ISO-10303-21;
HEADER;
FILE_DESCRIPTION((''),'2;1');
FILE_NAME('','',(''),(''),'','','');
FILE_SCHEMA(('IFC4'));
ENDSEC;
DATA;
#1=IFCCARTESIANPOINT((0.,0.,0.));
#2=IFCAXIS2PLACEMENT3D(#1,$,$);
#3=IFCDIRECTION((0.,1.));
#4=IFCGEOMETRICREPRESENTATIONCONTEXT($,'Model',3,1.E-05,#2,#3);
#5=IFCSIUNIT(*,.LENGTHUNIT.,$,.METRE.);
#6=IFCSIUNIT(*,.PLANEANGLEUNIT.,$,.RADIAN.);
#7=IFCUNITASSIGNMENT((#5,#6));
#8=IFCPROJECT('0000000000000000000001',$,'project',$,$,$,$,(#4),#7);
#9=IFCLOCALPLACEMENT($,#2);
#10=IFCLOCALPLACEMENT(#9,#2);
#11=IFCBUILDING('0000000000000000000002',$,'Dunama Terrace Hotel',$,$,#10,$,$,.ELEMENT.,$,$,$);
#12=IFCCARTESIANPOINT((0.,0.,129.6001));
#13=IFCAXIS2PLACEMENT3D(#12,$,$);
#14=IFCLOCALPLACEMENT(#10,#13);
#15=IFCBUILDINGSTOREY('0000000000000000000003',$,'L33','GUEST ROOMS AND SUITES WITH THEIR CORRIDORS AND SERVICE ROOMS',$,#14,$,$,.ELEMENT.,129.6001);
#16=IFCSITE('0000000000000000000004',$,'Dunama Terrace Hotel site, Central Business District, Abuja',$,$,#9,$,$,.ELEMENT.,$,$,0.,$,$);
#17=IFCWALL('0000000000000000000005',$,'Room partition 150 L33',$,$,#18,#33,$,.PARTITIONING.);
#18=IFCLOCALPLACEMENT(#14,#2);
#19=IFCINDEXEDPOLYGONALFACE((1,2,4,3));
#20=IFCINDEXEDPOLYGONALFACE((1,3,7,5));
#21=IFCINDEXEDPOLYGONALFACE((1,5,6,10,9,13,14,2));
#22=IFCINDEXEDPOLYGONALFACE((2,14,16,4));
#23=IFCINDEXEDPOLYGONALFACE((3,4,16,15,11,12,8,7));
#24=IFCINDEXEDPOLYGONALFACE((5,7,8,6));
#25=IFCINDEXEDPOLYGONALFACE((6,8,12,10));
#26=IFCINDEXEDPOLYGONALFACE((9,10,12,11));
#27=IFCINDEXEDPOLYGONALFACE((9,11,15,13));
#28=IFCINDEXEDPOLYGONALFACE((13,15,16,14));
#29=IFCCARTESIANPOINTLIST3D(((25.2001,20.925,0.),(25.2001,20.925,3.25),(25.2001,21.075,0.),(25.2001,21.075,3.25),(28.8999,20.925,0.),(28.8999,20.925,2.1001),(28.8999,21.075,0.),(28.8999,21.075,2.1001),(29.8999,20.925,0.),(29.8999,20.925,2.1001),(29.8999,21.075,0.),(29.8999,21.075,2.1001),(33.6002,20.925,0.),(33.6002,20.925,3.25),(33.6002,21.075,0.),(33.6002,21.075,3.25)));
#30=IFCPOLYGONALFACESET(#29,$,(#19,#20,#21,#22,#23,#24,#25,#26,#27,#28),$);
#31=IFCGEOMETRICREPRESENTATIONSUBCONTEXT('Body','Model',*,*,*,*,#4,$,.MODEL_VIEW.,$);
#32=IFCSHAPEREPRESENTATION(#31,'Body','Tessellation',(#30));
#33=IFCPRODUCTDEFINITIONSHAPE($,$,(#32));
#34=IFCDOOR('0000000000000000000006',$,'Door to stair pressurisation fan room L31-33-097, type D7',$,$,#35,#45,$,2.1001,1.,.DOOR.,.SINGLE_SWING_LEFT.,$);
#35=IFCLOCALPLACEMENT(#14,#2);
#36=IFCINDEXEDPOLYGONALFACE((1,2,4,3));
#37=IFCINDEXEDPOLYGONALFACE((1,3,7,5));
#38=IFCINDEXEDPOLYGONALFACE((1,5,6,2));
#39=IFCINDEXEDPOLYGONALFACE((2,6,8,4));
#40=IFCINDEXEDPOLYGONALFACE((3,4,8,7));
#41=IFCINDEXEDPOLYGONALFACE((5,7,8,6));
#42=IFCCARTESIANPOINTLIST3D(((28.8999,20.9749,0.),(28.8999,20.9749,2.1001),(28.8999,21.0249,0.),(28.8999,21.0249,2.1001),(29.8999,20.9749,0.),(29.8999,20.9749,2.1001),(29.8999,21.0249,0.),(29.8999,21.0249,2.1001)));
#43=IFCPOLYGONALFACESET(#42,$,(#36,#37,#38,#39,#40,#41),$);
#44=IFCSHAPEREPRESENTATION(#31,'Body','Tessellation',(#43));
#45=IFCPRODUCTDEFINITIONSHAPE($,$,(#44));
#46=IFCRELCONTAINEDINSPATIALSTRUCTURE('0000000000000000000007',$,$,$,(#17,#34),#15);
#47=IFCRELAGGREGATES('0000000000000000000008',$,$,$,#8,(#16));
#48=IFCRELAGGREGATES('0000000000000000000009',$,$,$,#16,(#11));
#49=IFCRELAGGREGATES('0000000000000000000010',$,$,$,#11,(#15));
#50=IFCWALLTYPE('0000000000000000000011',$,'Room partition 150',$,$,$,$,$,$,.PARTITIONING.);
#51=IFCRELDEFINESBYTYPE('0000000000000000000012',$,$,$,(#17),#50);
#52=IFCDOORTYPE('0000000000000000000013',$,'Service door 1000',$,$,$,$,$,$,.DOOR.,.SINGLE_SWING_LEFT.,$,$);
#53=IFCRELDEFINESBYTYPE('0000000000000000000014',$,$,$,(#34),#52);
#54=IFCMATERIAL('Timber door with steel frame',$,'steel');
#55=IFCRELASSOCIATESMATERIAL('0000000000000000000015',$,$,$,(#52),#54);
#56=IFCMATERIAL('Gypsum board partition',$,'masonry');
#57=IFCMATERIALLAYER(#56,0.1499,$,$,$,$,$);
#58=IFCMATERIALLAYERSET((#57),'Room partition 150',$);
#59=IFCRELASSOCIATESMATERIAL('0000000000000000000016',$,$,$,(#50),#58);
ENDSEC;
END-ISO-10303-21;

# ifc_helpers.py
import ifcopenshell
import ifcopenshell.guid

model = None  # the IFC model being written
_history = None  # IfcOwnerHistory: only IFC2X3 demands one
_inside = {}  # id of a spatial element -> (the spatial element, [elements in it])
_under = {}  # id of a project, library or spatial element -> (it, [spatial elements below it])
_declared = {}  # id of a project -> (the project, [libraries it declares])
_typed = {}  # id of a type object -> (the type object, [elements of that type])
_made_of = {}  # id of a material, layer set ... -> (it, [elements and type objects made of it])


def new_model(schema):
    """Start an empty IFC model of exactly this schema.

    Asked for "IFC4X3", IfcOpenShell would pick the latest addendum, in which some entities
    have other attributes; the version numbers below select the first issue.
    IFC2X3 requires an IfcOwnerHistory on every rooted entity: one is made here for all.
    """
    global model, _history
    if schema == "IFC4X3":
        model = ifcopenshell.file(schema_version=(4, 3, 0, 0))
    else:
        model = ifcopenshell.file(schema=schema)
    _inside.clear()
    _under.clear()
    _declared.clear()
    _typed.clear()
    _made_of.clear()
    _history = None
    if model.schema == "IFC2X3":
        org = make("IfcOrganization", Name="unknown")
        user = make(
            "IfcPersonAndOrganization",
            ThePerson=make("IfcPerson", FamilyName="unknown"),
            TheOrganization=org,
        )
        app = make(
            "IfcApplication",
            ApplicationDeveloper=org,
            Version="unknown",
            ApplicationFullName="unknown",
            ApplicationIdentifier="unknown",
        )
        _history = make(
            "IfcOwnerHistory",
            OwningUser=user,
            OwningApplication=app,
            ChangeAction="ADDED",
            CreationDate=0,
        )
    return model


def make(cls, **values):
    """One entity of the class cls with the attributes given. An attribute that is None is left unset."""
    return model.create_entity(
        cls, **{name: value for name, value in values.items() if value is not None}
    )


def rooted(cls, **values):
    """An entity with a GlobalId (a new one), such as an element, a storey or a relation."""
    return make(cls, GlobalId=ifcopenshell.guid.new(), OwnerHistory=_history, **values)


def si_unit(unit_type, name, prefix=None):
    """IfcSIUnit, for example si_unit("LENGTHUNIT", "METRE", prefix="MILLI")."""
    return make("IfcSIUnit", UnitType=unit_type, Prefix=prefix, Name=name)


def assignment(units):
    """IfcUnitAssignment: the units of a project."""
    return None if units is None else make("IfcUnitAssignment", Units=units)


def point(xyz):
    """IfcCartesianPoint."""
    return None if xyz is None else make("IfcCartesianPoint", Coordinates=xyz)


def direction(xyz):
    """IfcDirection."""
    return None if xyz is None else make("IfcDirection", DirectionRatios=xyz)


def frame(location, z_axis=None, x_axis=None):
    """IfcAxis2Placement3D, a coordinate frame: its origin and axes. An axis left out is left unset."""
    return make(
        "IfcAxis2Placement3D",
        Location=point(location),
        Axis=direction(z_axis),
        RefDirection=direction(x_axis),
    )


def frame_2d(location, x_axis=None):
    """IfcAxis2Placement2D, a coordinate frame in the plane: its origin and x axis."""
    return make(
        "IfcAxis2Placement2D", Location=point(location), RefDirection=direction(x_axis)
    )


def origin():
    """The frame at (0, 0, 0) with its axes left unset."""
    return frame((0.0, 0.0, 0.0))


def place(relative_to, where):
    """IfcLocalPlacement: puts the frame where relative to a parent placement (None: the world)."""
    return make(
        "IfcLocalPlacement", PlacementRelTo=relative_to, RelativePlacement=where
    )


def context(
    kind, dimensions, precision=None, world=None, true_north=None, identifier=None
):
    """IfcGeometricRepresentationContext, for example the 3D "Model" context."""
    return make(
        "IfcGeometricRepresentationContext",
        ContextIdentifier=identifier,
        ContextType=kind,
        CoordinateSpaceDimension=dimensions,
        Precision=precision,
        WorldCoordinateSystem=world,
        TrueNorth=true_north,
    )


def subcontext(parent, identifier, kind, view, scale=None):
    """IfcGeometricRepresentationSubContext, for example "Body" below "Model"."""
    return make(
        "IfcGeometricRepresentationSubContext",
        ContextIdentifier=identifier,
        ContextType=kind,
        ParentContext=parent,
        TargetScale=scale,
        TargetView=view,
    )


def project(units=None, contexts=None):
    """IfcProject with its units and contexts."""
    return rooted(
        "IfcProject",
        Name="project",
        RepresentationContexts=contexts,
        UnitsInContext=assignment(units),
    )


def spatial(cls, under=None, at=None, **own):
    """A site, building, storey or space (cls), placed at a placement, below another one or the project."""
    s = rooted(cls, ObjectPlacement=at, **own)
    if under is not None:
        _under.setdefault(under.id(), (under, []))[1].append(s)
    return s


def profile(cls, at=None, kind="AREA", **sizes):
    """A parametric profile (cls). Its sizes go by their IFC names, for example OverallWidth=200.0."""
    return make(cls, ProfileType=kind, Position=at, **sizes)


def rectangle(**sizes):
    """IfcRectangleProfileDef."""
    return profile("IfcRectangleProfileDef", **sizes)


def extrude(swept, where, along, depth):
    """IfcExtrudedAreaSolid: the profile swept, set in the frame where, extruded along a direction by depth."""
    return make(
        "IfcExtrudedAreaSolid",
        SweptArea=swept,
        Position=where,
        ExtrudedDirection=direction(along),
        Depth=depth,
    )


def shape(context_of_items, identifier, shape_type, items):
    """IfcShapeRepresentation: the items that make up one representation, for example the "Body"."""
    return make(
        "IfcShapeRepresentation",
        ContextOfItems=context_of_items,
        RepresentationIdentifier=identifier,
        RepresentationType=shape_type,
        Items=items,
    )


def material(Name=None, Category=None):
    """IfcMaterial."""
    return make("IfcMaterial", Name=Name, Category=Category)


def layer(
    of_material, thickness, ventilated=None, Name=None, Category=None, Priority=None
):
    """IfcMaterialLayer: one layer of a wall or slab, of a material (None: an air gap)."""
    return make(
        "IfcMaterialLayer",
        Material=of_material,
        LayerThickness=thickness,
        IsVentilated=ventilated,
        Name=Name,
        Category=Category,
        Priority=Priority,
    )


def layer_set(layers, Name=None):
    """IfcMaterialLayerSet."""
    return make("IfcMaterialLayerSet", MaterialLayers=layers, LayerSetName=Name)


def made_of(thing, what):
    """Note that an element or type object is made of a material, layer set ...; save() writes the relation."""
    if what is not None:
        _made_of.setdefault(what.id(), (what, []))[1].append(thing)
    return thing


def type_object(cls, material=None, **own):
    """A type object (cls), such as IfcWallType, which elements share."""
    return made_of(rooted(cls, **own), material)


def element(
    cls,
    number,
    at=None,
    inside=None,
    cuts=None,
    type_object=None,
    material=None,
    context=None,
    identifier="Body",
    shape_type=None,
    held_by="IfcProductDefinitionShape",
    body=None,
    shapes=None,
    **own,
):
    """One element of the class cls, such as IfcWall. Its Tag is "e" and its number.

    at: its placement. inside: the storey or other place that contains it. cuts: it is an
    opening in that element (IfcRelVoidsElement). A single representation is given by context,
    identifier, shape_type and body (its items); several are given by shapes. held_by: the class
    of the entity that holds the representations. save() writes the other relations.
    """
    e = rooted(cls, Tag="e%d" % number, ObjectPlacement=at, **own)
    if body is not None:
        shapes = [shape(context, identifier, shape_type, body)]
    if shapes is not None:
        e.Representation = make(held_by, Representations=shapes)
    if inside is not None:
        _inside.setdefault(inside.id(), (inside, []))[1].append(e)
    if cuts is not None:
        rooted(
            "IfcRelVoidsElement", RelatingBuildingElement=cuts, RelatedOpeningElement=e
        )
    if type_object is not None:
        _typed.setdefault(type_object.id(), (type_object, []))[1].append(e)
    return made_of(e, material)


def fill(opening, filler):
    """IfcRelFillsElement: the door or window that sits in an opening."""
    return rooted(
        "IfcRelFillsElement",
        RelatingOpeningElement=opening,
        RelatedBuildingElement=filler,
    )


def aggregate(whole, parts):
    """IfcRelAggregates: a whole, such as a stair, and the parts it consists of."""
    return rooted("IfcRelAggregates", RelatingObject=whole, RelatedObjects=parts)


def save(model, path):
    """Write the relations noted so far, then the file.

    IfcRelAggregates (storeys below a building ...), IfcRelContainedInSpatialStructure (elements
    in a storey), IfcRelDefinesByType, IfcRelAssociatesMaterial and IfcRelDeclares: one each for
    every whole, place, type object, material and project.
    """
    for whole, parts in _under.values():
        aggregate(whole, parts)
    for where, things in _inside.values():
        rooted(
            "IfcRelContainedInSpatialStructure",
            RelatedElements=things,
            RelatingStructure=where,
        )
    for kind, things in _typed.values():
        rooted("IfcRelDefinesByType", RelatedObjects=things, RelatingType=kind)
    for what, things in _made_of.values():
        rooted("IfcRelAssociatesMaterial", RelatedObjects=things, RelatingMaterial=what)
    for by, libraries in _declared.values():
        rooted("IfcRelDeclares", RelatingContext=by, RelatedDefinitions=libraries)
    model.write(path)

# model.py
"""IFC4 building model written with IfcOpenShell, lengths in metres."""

from ifc_helpers import new_model, si_unit, direction, frame, frame_2d, origin, place, context, subcontext, project, spatial, rectangle, extrude, material, layer, layer_set, type_object, element, fill, save


model = new_model("IFC4")

# Units and contexts
model_context = context("Model", 3, precision=1e-05, world=origin(), true_north=direction((0.0, 1.0)))
body_context = subcontext(model_context, "Body", "Model", "MODEL_VIEW")
ifc_project = project(units=[si_unit("LENGTHUNIT", "METRE"), si_unit("PLANEANGLEUNIT", "RADIAN")], contexts=[model_context])

# Site, building, storey
site_placement = place(None, origin())
site = spatial("IfcSite", under=ifc_project, at=site_placement, Name="Dunama Terrace Hotel site, Central Business District, Abuja", CompositionType="ELEMENT", RefElevation=0.0)
building_placement = place(site_placement, origin())
building = spatial("IfcBuilding", under=site, at=building_placement, Name="Dunama Terrace Hotel", CompositionType="ELEMENT")
storey_placement = place(building_placement, frame((0.0, 0.0, 129.6001)))
storey = spatial("IfcBuildingStorey", under=building, at=storey_placement, Name="L33", Description="GUEST ROOMS AND SUITES WITH THEIR CORRIDORS AND SERVICE ROOMS", CompositionType="ELEMENT", Elevation=129.6001)

# Shared definitions
ifc_material_1 = material(Name="Timber door with steel frame", Category="steel")
door_type_1 = type_object("IfcDoorType", Name="Service door 1000", OperationType="SINGLE_SWING_LEFT", PredefinedType="DOOR", material=ifc_material_1)

# Wall, opening, door
ifc_material_2 = material(Name="Gypsum board partition", Category="masonry")
ifc_layer_1 = layer(ifc_material_2, 0.1499)
ifc_layer_set_1 = layer_set([ifc_layer_1], Name="Room partition 150")
wall_type_1 = type_object("IfcWallType", Name="Room partition 150", PredefinedType="PARTITIONING", material=ifc_layer_set_1)
wall_1_placement = place(storey_placement, frame((25.2, 21.0, 0.0), z_axis=(0.0, 0.0, 1.0), x_axis=(1.0, 0.0, 0.0)))
wall_1 = element("IfcWall", 1, at=wall_1_placement, inside=storey, type_object=wall_type_1, Name="Room partition 150 L33", PredefinedType="PARTITIONING", context=body_context, shape_type="SweptSolid", body=[
    extrude(rectangle(XDim=8.4001, YDim=0.1499, at=frame_2d((4.2002, 0.0))), origin(), (0.0, 0.0, 1.0), 3.25),
])
opening_1_placement = place(wall_1_placement, frame((3.7, 0.0, 0.0)))
opening_1 = element("IfcOpeningElement", 2, at=opening_1_placement, cuts=wall_1, PredefinedType="OPENING", context=body_context, shape_type="SweptSolid", body=[
    extrude(rectangle(XDim=1.0, YDim=2.1001, at=frame_2d((0.5, 1.05))), frame((0.0, 0.085, 0.0), z_axis=(0.0, -1.0, 0.0), x_axis=(1.0, 0.0, 0.0)), (0.0, 0.0, 1.0), 0.1699),
])
door_1_placement = place(opening_1_placement, origin())
door_1 = element("IfcDoor", 3, at=door_1_placement, inside=storey, type_object=door_type_1, Name="Door to stair pressurisation fan room L31-33-097, type D7", OperationType="SINGLE_SWING_LEFT", OverallHeight=2.1001, OverallWidth=1.0, PredefinedType="DOOR", context=body_context, shape_type="SweptSolid", body=[
    extrude(rectangle(XDim=1.0, YDim=2.1001, at=frame_2d((0.5, 1.05))), frame((0.0, 0.0249, 0.0), z_axis=(0.0, -1.0, 0.0), x_axis=(1.0, 0.0, 0.0)), (0.0, 0.0, 1.0), 0.05),
])
fill(opening_1, door_1)

save(model, "model.ifc")
